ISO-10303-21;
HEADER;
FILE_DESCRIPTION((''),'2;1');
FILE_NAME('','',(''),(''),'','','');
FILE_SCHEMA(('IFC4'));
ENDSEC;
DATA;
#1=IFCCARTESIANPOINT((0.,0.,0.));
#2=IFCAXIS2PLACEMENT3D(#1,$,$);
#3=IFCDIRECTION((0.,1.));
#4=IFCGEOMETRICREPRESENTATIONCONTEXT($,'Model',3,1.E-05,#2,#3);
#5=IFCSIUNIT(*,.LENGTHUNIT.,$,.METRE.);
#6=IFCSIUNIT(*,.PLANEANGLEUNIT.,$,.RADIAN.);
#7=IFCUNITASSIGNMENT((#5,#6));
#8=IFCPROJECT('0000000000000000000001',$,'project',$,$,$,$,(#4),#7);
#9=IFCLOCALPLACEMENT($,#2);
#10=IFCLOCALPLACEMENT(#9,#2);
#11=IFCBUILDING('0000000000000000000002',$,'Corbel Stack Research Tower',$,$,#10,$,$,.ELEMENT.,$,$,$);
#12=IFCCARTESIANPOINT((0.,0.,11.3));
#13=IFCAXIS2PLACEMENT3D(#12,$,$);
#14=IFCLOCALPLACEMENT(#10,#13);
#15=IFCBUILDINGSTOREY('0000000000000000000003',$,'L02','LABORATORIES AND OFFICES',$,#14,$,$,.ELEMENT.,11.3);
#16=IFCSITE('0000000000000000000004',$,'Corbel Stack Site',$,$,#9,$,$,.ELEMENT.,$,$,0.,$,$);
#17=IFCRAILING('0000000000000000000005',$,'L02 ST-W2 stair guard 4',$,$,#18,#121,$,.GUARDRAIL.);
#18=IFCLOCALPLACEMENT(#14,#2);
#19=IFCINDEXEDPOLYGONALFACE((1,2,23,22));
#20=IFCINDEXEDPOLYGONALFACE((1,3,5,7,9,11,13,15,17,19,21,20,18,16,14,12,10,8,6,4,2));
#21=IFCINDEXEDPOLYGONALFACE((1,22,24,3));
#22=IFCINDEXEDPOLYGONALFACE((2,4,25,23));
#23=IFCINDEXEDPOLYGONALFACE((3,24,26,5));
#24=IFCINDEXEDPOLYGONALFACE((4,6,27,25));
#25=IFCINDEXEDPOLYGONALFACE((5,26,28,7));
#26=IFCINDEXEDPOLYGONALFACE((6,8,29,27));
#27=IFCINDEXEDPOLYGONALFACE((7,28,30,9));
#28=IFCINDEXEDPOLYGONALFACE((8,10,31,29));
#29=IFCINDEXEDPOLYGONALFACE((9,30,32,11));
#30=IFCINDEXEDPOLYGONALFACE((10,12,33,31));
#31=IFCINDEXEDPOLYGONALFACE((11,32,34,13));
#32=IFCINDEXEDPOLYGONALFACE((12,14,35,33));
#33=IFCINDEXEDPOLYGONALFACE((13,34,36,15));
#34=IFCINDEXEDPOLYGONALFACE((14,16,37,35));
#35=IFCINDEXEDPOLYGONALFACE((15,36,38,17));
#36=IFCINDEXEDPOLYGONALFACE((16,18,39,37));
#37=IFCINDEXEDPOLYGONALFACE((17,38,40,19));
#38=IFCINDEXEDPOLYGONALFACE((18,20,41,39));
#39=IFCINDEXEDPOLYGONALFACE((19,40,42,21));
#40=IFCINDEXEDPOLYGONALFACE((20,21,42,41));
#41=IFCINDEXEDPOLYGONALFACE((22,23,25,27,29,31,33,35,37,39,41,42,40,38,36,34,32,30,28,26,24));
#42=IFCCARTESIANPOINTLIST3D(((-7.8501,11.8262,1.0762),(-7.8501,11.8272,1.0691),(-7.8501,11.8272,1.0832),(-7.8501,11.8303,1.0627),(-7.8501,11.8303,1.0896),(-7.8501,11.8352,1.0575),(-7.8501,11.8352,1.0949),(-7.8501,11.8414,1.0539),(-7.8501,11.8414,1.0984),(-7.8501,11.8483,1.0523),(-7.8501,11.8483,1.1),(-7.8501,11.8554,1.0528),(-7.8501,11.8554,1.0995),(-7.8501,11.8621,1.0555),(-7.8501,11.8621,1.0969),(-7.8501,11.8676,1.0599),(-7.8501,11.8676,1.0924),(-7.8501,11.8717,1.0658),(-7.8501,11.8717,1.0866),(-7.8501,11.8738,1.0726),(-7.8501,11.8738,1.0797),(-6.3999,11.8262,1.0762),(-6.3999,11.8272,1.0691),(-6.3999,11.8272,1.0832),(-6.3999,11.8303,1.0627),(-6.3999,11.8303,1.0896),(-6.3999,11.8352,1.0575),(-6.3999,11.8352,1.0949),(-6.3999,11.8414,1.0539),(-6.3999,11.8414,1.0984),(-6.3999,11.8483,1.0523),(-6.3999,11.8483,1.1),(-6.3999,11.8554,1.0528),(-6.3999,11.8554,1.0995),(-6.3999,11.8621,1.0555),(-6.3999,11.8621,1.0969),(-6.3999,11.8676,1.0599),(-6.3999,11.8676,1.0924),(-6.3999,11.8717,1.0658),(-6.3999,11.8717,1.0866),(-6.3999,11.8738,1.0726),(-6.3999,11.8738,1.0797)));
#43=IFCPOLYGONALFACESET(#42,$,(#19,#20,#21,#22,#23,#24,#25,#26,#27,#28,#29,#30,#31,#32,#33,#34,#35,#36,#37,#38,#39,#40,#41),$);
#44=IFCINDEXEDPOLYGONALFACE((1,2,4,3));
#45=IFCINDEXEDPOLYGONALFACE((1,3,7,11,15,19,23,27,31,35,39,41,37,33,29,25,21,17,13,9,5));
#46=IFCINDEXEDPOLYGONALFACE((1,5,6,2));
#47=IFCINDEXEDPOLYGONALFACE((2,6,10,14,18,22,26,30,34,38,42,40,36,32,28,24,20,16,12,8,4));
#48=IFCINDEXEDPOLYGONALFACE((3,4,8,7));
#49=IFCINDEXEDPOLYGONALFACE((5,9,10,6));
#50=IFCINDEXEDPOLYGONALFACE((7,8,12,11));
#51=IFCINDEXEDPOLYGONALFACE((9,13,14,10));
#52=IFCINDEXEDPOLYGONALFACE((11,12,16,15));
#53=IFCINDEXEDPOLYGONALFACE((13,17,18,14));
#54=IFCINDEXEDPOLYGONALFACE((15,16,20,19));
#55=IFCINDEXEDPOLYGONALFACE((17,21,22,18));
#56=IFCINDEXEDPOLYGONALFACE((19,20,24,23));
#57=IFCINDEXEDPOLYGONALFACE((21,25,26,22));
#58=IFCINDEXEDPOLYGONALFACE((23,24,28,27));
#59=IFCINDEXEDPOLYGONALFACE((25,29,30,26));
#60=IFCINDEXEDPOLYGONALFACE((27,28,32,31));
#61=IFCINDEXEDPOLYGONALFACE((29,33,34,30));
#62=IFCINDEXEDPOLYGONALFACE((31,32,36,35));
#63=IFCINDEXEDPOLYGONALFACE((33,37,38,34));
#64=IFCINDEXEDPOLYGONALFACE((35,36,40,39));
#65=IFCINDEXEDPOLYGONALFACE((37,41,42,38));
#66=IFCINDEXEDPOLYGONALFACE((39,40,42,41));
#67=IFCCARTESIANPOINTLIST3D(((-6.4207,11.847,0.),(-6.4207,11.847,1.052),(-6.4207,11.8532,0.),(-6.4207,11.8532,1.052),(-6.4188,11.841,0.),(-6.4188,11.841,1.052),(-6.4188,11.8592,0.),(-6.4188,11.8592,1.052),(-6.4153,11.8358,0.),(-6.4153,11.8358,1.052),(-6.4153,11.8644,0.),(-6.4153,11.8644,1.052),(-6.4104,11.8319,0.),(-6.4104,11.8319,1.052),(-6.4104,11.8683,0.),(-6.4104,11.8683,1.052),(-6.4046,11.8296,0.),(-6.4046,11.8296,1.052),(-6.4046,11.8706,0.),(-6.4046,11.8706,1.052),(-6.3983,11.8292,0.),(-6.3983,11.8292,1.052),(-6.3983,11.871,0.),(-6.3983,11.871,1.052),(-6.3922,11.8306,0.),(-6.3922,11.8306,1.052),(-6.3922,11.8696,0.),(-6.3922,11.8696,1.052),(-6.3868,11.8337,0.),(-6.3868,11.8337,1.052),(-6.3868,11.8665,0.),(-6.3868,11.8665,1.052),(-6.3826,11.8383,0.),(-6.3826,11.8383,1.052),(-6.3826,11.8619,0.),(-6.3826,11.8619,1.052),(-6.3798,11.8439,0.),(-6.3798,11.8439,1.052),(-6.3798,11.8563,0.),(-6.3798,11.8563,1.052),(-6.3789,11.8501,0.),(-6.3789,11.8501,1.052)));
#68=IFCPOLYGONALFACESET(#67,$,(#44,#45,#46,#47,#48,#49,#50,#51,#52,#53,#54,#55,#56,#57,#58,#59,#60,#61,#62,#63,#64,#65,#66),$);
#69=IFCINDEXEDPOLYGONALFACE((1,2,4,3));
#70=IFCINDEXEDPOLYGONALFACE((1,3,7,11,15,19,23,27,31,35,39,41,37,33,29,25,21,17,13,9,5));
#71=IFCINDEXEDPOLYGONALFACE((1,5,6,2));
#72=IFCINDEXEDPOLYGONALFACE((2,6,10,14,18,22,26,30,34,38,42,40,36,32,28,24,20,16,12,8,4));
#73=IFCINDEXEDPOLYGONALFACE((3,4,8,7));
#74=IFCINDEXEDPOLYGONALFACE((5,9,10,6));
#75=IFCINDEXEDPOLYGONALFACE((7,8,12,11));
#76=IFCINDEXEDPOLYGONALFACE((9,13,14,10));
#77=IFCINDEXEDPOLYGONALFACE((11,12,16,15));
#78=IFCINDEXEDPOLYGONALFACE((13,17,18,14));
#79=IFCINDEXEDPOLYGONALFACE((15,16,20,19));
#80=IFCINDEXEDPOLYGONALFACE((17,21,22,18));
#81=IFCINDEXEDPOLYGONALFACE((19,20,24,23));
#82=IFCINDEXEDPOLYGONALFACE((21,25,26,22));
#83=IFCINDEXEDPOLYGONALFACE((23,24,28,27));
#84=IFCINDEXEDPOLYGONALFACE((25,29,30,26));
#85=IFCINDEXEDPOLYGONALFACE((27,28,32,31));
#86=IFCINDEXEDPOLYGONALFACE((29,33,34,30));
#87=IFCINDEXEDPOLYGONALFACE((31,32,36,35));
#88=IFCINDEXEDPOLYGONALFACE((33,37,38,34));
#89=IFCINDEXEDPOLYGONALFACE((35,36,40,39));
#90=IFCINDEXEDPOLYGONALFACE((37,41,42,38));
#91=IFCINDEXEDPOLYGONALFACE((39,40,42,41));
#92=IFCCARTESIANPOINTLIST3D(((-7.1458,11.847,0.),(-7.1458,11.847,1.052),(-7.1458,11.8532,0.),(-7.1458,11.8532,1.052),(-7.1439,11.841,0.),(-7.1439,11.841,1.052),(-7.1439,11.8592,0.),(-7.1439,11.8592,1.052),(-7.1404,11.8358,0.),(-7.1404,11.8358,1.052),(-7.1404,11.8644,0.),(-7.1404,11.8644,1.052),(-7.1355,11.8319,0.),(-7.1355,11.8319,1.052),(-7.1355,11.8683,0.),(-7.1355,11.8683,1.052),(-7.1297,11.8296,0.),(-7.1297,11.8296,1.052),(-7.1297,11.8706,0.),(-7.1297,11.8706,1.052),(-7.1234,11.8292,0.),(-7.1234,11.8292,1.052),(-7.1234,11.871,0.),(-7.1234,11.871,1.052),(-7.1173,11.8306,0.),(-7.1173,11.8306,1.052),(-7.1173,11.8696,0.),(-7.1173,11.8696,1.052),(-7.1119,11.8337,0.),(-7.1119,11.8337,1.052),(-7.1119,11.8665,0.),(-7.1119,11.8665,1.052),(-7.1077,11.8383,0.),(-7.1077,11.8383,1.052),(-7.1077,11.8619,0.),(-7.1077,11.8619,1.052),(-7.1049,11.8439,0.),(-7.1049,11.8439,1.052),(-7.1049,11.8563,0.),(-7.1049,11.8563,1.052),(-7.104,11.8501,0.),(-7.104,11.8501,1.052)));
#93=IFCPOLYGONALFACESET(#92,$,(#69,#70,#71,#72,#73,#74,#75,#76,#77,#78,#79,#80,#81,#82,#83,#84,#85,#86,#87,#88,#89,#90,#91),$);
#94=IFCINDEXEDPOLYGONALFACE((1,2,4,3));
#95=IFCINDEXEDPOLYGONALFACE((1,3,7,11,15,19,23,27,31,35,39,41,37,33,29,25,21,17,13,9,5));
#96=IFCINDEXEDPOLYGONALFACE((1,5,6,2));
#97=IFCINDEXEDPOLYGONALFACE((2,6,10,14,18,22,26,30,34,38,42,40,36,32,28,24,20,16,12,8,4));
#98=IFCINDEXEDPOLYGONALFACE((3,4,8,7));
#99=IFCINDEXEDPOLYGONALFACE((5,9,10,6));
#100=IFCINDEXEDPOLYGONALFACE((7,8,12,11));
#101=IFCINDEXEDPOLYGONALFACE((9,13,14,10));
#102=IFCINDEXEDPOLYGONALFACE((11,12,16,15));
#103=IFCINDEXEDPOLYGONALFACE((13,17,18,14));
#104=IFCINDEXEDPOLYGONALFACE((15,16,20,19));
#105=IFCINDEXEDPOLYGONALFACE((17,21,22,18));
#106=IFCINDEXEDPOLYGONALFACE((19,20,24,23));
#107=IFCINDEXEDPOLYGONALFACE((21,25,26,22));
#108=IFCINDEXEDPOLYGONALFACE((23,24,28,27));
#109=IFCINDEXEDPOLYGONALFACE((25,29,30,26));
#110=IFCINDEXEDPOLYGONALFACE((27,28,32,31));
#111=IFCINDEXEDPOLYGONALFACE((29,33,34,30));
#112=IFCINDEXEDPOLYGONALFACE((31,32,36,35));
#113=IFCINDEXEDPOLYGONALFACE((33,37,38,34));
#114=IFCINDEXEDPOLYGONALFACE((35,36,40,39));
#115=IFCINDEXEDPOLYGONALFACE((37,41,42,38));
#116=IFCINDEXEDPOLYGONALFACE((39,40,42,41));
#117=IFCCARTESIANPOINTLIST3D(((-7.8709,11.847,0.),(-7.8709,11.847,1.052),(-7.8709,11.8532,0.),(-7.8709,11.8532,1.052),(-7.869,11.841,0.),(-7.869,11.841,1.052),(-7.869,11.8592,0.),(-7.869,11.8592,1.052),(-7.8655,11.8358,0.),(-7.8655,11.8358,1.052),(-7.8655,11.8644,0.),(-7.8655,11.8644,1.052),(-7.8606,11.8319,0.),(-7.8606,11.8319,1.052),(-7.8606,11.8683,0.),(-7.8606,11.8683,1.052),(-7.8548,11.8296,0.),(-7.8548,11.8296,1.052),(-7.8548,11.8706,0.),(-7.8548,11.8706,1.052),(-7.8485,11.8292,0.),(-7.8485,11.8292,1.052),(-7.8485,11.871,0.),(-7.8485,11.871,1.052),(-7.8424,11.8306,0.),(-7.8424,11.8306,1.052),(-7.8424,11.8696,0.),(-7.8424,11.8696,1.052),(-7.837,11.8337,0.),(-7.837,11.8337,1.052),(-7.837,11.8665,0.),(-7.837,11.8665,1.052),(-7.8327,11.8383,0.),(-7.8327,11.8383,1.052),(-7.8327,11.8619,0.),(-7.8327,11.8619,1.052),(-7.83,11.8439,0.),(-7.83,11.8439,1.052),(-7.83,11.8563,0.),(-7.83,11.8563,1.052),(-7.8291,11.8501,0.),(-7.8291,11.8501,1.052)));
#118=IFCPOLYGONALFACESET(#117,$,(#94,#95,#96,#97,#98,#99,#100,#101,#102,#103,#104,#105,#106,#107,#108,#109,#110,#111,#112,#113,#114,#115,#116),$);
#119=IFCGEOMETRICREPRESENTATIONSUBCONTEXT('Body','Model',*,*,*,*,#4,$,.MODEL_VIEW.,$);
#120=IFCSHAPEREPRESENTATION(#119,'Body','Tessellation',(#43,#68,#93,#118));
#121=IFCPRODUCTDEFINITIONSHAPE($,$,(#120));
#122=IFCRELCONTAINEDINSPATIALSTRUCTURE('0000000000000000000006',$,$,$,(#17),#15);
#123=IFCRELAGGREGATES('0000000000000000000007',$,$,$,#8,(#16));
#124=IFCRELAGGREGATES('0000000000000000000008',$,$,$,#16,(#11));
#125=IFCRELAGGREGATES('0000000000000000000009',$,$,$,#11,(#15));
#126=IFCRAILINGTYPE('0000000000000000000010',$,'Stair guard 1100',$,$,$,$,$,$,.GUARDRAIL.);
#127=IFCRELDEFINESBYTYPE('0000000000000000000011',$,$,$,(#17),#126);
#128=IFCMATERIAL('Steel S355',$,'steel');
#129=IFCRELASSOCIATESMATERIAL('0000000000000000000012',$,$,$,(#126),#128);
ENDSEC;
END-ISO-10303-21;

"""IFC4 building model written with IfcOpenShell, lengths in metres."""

from ifc_helpers import new_model, si_unit, direction, frame, origin, origin_2d, place, context, subcontext, project, spatial, circle, extrude, material, type_object, element, save


model = new_model("IFC4")

# Units and contexts
model_context = context("Model", 3, precision=1e-05, world=origin(), true_north=direction((0.0, 1.0)))
body_context = subcontext(model_context, "Body", "Model", "MODEL_VIEW")
ifc_project = project(units=[si_unit("LENGTHUNIT", "METRE"), si_unit("PLANEANGLEUNIT", "RADIAN")], contexts=[model_context])

# Site, building, storey
site_placement = place(None, origin())
site = spatial("IfcSite", under=ifc_project, at=site_placement, Name="Corbel Stack Site", CompositionType="ELEMENT", RefElevation=0.0)
building_placement = place(site_placement, origin())
building = spatial("IfcBuilding", under=site, at=building_placement, Name="Corbel Stack Research Tower", CompositionType="ELEMENT")
storey_placement = place(building_placement, frame((0.0, 0.0, 11.3)))
storey = spatial("IfcBuildingStorey", under=building, at=storey_placement, Name="L02", Description="LABORATORIES AND OFFICES", CompositionType="ELEMENT", Elevation=11.3)

# Railing
ifc_material_1 = material(Name="Steel S355", Category="steel")
railing_type_1 = type_object("IfcRailingType", Name="Stair guard 1100", PredefinedType="GUARDRAIL", material=ifc_material_1)
railing_1_placement = place(storey_placement, frame((-6.3999, 11.8501, 0.0)))
element("IfcRailing", 1, at=railing_1_placement, inside=storey, type_object=railing_type_1, Name="L02 ST-W2 stair guard 4", PredefinedType="GUARDRAIL", context=body_context, shape_type="SweptSolid", body=[
    extrude(circle(Radius=0.0239, at=origin_2d()), frame((0.0, 0.0, 1.0762), z_axis=(-1.0, 0.0, 0.0), x_axis=(0.0, -1.0, 0.0)), (0.0, 0.0, 1.0), 1.4502),
    extrude(circle(Radius=0.021, at=origin_2d()), origin(), (0.0, 0.0, 1.0), 1.052),
    extrude(circle(Radius=0.021, at=origin_2d()), frame((-0.7251, 0.0, 0.0)), (0.0, 0.0, 1.0), 1.052),
    extrude(circle(Radius=0.021, at=origin_2d()), frame((-1.4502, 0.0, 0.0)), (0.0, 0.0, 1.0), 1.052),
])

save(model, "model.ifc")
